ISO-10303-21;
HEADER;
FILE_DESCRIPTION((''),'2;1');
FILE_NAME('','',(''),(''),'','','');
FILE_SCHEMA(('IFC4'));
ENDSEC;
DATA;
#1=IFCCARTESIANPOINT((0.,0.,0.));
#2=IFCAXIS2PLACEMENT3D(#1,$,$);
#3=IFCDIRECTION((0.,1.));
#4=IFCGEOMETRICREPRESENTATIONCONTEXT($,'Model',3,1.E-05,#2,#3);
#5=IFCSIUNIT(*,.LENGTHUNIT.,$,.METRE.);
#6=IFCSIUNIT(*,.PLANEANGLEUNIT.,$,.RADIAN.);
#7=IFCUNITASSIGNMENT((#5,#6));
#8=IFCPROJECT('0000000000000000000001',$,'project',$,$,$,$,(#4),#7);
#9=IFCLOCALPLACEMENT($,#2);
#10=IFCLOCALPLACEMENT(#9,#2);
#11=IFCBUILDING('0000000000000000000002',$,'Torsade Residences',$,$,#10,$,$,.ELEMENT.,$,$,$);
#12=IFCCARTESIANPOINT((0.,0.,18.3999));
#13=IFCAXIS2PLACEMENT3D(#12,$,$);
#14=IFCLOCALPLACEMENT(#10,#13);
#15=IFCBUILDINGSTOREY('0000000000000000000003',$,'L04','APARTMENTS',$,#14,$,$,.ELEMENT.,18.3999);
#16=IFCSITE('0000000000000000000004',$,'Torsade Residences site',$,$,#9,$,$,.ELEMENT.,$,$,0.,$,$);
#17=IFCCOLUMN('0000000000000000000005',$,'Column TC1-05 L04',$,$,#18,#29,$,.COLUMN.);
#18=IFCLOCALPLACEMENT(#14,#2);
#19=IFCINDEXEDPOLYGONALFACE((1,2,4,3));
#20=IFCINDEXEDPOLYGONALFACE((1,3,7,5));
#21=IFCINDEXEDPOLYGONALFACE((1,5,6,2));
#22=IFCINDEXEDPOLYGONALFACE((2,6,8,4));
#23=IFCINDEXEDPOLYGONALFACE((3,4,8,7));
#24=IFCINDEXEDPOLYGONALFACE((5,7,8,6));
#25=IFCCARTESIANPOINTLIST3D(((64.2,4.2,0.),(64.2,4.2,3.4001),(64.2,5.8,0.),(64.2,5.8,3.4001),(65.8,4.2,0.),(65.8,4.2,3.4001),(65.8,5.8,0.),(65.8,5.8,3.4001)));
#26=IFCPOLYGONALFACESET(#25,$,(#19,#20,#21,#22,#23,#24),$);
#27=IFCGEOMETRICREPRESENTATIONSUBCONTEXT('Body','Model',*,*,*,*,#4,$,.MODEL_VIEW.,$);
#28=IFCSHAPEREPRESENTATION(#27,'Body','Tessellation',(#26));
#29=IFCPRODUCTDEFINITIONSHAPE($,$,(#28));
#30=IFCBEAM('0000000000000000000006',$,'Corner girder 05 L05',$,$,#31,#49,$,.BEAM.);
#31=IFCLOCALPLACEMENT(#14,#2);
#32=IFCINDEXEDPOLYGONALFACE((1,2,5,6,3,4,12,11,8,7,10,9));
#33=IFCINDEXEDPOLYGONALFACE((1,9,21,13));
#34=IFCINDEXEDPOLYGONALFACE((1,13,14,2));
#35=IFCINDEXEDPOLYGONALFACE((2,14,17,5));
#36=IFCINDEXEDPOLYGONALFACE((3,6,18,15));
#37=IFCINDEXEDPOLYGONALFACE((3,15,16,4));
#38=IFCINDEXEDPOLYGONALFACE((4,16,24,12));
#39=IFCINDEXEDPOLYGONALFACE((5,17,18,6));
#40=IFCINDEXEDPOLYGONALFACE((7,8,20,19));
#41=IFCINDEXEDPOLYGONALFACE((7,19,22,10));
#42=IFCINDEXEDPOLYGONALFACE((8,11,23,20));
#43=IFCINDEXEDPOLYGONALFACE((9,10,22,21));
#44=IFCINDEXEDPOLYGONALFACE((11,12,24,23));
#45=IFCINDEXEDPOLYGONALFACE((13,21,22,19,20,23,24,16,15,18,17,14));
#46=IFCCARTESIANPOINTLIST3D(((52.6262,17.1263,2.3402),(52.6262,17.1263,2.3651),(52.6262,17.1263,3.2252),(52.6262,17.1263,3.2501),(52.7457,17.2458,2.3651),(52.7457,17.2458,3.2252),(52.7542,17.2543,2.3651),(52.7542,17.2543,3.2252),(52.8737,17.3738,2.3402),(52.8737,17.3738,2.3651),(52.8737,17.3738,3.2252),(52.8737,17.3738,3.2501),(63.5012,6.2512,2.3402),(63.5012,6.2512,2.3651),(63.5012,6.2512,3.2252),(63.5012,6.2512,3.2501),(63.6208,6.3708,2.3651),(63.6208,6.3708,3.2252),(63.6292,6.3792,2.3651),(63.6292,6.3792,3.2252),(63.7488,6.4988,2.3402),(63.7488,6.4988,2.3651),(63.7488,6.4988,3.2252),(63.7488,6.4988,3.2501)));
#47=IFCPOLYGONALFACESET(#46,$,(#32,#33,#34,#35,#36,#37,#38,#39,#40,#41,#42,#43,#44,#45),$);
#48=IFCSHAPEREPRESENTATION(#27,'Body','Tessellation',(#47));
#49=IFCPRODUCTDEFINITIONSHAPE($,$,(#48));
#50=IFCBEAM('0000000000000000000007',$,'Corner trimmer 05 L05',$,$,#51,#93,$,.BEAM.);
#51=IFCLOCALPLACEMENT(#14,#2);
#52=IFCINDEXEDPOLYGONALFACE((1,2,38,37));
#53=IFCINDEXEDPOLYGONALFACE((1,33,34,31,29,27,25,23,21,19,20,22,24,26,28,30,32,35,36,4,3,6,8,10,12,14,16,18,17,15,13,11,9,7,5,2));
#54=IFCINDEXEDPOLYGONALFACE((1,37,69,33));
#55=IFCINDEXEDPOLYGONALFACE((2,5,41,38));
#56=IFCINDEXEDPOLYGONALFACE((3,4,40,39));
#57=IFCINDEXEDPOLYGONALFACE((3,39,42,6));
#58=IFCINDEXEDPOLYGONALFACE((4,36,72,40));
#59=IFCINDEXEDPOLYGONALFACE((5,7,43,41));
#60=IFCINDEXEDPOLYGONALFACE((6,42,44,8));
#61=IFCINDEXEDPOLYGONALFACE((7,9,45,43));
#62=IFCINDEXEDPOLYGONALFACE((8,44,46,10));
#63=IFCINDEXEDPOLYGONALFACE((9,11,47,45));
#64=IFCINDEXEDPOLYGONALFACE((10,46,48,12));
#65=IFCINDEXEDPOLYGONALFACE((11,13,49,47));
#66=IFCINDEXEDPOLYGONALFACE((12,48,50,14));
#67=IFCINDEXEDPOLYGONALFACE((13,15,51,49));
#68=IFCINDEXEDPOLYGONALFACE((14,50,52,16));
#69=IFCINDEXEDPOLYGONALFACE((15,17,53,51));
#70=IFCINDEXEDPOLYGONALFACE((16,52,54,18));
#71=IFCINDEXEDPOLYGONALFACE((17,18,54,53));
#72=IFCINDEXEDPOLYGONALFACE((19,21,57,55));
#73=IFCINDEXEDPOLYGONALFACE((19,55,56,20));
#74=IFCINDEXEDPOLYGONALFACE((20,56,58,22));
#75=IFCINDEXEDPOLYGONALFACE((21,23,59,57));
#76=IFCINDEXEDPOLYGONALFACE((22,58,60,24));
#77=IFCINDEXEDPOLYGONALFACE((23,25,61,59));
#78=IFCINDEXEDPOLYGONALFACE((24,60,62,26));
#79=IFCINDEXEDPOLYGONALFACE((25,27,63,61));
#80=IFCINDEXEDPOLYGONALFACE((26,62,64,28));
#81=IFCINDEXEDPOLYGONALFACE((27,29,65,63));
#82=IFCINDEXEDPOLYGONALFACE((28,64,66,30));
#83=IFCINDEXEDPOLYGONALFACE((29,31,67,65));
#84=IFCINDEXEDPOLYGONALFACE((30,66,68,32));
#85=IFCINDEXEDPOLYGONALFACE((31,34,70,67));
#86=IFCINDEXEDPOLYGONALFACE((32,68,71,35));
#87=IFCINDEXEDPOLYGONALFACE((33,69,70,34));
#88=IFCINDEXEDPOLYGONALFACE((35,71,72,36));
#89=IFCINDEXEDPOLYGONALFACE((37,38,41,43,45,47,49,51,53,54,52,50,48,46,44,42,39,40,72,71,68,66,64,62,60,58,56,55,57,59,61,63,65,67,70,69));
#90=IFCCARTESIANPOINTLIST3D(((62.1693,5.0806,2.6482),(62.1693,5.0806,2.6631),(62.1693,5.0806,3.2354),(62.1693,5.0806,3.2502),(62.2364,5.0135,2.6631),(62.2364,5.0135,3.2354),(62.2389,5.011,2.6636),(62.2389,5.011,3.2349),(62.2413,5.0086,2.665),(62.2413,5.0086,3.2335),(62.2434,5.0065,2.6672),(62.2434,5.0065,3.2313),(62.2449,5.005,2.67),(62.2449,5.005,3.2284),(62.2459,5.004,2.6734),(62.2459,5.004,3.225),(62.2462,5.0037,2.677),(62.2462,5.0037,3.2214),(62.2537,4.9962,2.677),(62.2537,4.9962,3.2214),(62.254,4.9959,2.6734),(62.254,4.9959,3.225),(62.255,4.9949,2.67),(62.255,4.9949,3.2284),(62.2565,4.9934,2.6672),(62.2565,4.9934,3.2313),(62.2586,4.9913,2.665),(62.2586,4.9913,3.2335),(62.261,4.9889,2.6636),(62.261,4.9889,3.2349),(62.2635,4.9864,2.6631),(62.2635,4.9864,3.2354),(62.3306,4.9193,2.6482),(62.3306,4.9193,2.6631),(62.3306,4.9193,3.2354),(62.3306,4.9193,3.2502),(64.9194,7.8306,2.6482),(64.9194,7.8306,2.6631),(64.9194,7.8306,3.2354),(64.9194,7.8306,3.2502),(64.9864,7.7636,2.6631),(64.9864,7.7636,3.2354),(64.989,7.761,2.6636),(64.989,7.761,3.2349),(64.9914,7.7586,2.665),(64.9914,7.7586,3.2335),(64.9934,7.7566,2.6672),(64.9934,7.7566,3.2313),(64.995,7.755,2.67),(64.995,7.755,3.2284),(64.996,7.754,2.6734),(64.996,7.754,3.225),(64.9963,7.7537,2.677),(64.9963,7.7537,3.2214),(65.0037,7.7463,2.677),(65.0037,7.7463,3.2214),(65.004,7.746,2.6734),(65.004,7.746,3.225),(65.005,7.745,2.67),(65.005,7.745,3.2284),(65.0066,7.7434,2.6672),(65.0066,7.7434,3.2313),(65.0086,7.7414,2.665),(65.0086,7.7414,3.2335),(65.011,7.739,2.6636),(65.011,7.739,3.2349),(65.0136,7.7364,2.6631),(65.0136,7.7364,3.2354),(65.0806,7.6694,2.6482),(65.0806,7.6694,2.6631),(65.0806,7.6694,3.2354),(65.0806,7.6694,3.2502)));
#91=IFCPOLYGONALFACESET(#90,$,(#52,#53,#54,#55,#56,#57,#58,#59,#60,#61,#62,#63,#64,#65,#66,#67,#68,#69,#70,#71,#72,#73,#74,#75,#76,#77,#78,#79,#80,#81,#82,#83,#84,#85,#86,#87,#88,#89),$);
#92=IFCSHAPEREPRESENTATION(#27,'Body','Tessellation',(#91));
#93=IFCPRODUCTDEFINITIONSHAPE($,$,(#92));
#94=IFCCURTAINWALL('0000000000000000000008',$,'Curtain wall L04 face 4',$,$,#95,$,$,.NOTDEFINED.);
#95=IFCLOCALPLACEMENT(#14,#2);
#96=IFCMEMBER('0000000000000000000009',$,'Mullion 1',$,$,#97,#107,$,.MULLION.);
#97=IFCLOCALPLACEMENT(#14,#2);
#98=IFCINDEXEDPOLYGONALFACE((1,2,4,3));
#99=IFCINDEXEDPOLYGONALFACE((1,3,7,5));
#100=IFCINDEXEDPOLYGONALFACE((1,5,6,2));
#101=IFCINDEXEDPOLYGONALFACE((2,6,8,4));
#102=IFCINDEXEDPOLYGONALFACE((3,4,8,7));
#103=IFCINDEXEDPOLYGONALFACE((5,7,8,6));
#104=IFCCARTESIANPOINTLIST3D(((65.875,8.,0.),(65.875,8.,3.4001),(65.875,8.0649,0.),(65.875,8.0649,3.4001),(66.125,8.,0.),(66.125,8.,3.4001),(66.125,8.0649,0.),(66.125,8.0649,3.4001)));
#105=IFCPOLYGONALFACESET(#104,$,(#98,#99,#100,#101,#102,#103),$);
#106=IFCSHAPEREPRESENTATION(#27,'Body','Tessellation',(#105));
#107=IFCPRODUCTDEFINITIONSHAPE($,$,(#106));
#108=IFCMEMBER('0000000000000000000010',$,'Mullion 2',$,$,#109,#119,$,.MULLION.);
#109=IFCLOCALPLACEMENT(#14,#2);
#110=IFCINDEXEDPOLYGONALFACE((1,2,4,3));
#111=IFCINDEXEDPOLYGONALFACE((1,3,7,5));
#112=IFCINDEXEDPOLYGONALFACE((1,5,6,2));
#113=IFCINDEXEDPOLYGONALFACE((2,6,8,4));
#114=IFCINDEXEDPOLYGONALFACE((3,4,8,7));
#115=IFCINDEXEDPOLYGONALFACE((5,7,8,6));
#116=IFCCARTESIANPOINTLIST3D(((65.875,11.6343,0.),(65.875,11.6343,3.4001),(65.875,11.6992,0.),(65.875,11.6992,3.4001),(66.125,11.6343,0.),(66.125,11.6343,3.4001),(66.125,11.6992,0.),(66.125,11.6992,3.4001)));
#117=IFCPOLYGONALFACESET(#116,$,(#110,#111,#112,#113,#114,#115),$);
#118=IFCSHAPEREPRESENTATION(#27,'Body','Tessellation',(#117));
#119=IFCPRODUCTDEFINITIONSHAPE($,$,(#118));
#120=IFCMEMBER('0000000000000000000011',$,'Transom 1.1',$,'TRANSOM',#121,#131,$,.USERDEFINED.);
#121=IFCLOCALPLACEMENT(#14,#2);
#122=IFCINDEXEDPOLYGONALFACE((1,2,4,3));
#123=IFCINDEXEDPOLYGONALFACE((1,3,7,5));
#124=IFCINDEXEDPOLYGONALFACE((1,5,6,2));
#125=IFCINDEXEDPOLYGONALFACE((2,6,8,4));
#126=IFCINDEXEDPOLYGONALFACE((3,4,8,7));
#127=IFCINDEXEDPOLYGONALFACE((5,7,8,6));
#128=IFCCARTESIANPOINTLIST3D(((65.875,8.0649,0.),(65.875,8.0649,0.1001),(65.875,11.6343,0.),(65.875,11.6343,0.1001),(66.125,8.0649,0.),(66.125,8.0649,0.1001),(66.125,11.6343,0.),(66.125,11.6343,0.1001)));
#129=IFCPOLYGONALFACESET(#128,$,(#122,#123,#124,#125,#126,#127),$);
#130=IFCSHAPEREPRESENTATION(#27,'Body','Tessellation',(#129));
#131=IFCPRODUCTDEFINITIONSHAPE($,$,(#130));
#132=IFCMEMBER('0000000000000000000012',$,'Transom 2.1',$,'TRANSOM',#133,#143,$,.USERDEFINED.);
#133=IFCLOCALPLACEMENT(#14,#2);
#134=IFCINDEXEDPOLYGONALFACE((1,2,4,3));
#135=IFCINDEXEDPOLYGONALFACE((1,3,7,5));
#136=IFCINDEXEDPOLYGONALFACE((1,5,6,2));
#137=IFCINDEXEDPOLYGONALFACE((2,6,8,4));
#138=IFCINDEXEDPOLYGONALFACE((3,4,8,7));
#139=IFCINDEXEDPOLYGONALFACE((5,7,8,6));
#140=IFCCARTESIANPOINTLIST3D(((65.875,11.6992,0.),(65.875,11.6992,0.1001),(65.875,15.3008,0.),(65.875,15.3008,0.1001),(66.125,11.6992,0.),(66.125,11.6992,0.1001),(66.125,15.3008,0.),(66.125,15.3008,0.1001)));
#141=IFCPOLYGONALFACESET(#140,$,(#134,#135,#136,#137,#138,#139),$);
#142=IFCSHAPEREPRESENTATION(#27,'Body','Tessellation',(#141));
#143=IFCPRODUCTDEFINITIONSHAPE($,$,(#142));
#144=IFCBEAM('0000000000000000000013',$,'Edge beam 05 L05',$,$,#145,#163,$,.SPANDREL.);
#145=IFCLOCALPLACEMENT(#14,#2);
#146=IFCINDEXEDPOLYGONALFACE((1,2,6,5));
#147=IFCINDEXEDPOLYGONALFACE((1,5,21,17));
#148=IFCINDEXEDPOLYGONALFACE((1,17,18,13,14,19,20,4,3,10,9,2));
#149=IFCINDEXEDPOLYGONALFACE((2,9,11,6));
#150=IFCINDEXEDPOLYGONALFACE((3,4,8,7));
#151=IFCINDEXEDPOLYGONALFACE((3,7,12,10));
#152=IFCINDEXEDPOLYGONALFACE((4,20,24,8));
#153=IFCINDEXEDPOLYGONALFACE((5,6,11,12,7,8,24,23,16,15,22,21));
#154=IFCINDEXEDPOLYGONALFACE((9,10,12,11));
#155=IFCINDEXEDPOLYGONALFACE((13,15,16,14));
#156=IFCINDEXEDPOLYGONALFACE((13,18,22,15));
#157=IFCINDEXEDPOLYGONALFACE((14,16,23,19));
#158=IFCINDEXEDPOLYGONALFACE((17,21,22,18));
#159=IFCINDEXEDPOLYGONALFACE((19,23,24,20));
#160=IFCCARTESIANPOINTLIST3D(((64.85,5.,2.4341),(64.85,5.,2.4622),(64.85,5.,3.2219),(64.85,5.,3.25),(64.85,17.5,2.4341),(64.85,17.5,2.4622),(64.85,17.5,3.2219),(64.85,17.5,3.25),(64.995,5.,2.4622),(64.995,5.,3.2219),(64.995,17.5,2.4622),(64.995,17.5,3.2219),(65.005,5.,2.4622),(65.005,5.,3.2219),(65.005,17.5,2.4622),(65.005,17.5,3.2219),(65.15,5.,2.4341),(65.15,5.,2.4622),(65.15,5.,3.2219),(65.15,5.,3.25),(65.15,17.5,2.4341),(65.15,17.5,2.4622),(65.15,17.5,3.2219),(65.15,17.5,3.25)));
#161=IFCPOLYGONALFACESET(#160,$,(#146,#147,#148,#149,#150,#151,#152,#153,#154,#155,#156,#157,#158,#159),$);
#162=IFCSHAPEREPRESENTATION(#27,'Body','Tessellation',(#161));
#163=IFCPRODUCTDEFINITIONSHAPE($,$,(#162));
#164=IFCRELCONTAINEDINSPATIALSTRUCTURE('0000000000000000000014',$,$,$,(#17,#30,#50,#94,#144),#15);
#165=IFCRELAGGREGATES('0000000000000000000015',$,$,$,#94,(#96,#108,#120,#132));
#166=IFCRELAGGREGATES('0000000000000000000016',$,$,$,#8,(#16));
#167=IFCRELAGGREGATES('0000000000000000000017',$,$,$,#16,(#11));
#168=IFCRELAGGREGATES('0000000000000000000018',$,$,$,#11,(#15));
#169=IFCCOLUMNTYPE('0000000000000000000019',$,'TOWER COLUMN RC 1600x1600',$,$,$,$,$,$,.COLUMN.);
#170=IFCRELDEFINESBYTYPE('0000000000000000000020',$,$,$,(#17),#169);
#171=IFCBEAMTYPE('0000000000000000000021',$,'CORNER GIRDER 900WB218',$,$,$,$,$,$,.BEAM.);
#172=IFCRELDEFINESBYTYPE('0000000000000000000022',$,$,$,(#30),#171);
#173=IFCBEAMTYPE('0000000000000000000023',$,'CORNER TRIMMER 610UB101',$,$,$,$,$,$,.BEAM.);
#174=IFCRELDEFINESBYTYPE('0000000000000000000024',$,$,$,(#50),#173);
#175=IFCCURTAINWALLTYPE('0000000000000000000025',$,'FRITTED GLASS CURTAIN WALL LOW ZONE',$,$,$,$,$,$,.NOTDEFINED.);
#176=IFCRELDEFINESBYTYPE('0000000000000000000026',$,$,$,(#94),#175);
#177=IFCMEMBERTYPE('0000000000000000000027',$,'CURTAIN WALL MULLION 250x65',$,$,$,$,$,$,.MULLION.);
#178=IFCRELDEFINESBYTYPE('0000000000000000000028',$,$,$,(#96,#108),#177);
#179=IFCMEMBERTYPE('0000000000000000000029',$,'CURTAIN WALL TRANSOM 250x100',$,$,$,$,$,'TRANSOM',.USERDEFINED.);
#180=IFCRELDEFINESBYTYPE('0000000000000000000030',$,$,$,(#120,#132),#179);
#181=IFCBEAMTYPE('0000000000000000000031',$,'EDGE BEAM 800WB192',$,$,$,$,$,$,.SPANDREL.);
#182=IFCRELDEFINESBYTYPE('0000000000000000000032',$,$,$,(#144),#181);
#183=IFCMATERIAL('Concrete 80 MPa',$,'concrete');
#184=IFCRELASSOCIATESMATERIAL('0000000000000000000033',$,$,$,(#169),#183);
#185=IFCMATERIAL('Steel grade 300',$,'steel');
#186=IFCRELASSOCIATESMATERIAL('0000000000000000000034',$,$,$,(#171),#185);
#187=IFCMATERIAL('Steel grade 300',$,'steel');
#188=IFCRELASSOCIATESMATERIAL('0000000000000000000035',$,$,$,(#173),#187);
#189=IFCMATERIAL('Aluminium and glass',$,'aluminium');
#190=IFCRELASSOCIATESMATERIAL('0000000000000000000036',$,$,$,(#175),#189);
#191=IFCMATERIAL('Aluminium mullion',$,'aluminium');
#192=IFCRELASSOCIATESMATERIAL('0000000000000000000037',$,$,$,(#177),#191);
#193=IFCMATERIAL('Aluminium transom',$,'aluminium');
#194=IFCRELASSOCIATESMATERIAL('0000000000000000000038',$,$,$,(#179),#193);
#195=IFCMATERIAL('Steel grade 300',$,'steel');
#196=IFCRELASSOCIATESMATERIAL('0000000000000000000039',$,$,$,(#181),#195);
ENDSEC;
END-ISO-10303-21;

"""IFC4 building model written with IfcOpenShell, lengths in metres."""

from ifc_helpers import new_model, si_unit, direction, frame, origin, origin_2d, place, context, subcontext, project, spatial, rectangle, i_section, extrude, material, material_profile, profile_set, type_object, element, aggregate, save


model = new_model("IFC4")

# Units and contexts
model_context = context("Model", 3, precision=1e-05, world=origin(), true_north=direction((0.0, 1.0)))
body_context = subcontext(model_context, "Body", "Model", "MODEL_VIEW")
ifc_project = project(units=[si_unit("LENGTHUNIT", "METRE"), si_unit("PLANEANGLEUNIT", "RADIAN")], contexts=[model_context])

# Site, building, storey
site_placement = place(None, origin())
site = spatial("IfcSite", under=ifc_project, at=site_placement, Name="Torsade Residences site", CompositionType="ELEMENT", RefElevation=0.0)
building_placement = place(site_placement, origin())
building = spatial("IfcBuilding", under=site, at=building_placement, Name="Torsade Residences", CompositionType="ELEMENT")
storey_placement = place(building_placement, frame((0.0, 0.0, 18.3999)))
storey = spatial("IfcBuildingStorey", under=building, at=storey_placement, Name="L04", Description="APARTMENTS", CompositionType="ELEMENT", Elevation=18.3999)

# Column
ifc_material_1 = material(Name="Concrete 80 MPa", Category="concrete")
ifc_material_profile_1 = material_profile(ifc_material_1, rectangle(XDim=1.6001, YDim=1.6001, at=origin_2d()), Name="RC 1600x1600")
ifc_profile_set_1 = profile_set([ifc_material_profile_1], Name="Concrete 80 MPa")
column_type = type_object("IfcColumnType", Name="TOWER COLUMN RC 1600x1600", PredefinedType="COLUMN", material=ifc_profile_set_1)
column_placement = place(storey_placement, frame((65.0, 5.0, 0.0), z_axis=(0.0, 0.0, 1.0), x_axis=(1.0, 0.0, 0.0)))
element("IfcColumn", 1, at=column_placement, inside=storey, type_object=column_type, Name="Column TC1-05 L04", PredefinedType="COLUMN", context=body_context, shape_type="SweptSolid", body=[
    extrude(rectangle(XDim=1.6001, YDim=1.6001, at=origin_2d()), origin(), (0.0, 0.0, 1.0), 3.4001),
])

# Beams
ifc_material_2 = material(Name="Steel grade 300", Category="steel")
ifc_material_profile_2 = material_profile(ifc_material_2, i_section(OverallWidth=0.3501, OverallDepth=0.9099, WebThickness=0.012, FlangeThickness=0.0249, at=origin_2d()), Name="900WB218")
ifc_profile_set_2 = profile_set([ifc_material_profile_2], Name="Steel grade 300")
beam_type_1 = type_object("IfcBeamType", Name="CORNER GIRDER 900WB218", PredefinedType="BEAM", material=ifc_profile_set_2)
beam_1_placement = place(storey_placement, frame((63.625, 6.375, 2.7952), z_axis=(-0.707107, 0.707107, 0.0), x_axis=(-0.707107, -0.707107, 0.0)))
element("IfcBeam", 2, at=beam_1_placement, inside=storey, type_object=beam_type_1, Name="Corner girder 05 L05", PredefinedType="BEAM", context=body_context, shape_type="SweptSolid", body=[
    extrude(i_section(OverallWidth=0.3501, OverallDepth=0.9099, WebThickness=0.012, FlangeThickness=0.0249, at=origin_2d()), origin(), (0.0, 0.0, 1.0), 15.3796),
])
ifc_material_3 = material(Name="Steel grade 300", Category="steel")
ifc_material_profile_3 = material_profile(ifc_material_3, i_section(OverallWidth=0.228, OverallDepth=0.6021, WebThickness=0.0105, FlangeThickness=0.0149, FilletRadius=0.0139, at=origin_2d()), Name="610UB101")
ifc_profile_set_3 = profile_set([ifc_material_profile_3], Name="Steel grade 300")
beam_type_2 = type_object("IfcBeamType", Name="CORNER TRIMMER 610UB101", PredefinedType="BEAM", material=ifc_profile_set_3)
beam_2_placement = place(storey_placement, frame((65.0, 7.75, 2.9492), z_axis=(-0.707107, -0.707107, 0.0), x_axis=(0.707107, -0.707107, 0.0)))
element("IfcBeam", 3, at=beam_2_placement, inside=storey, type_object=beam_type_2, Name="Corner trimmer 05 L05", PredefinedType="BEAM", context=body_context, shape_type="SweptSolid", body=[
    extrude(i_section(OverallWidth=0.228, OverallDepth=0.6021, WebThickness=0.0105, FlangeThickness=0.0149, FilletRadius=0.0139, at=origin_2d()), origin(), (0.0, 0.0, 1.0), 3.8892),
])

# Curtain wall, members
ifc_material_4 = material(Name="Aluminium and glass", Category="aluminium")
curtain_wall_type = type_object("IfcCurtainWallType", Name="FRITTED GLASS CURTAIN WALL LOW ZONE", PredefinedType="NOTDEFINED", material=ifc_material_4)
curtain_wall_placement = place(storey_placement, origin())
curtain_wall = element("IfcCurtainWall", 4, at=curtain_wall_placement, inside=storey, type_object=curtain_wall_type, Name="Curtain wall L04 face 4", PredefinedType="NOTDEFINED")
ifc_material_5 = material(Name="Aluminium mullion", Category="aluminium")
ifc_material_profile_4 = material_profile(ifc_material_5, rectangle(XDim=0.25, YDim=0.0649, at=origin_2d()), Name="CURTAIN WALL MULLION 250x65")
ifc_profile_set_4 = profile_set([ifc_material_profile_4], Name="Aluminium mullion")
member_type_1 = type_object("IfcMemberType", Name="CURTAIN WALL MULLION 250x65", PredefinedType="MULLION", material=ifc_profile_set_4)
member_1_placement = place(storey_placement, frame((66.0, 8.0325, 0.0), z_axis=(0.0, 0.0, 1.0), x_axis=(-1.0, 0.0, 0.0)))
member_1 = element("IfcMember", 5, at=member_1_placement, type_object=member_type_1, Name="Mullion 1", PredefinedType="MULLION", context=body_context, shape_type="SweptSolid", body=[
    extrude(rectangle(XDim=0.25, YDim=0.0649, at=origin_2d()), origin(), (0.0, 0.0, 1.0), 3.4001),
])
member_2_placement = place(storey_placement, frame((66.0, 11.6667, 0.0), z_axis=(0.0, 0.0, 1.0), x_axis=(-1.0, 0.0, 0.0)))
member_2 = element("IfcMember", 6, at=member_2_placement, type_object=member_type_1, Name="Mullion 2", PredefinedType="MULLION", context=body_context, shape_type="SweptSolid", body=[
    extrude(rectangle(XDim=0.25, YDim=0.0649, at=origin_2d()), origin(), (0.0, 0.0, 1.0), 3.4001),
])
ifc_material_6 = material(Name="Aluminium transom", Category="aluminium")
ifc_material_profile_5 = material_profile(ifc_material_6, rectangle(XDim=0.25, YDim=0.1001, at=origin_2d()), Name="CURTAIN WALL TRANSOM 250x100")
ifc_profile_set_5 = profile_set([ifc_material_profile_5], Name="Aluminium transom")
member_type_2 = type_object("IfcMemberType", Name="CURTAIN WALL TRANSOM 250x100", ElementType="TRANSOM", PredefinedType="USERDEFINED", material=ifc_profile_set_5)
member_3_placement = place(storey_placement, frame((66.0, 8.0649, 0.05), z_axis=(0.0, 1.0, 0.0), x_axis=(-1.0, 0.0, 0.0)))
member_3 = element("IfcMember", 7, at=member_3_placement, type_object=member_type_2, Name="Transom 1.1", ObjectType="TRANSOM", PredefinedType="USERDEFINED", context=body_context, shape_type="SweptSolid", body=[
    extrude(rectangle(XDim=0.25, YDim=0.1001, at=origin_2d()), origin(), (0.0, 0.0, 1.0), 3.5693),
])
member_4_placement = place(storey_placement, frame((66.0, 11.6992, 0.05), z_axis=(0.0, 1.0, 0.0), x_axis=(-1.0, 0.0, 0.0)))
member_4 = element("IfcMember", 8, at=member_4_placement, type_object=member_type_2, Name="Transom 2.1", ObjectType="TRANSOM", PredefinedType="USERDEFINED", context=body_context, shape_type="SweptSolid", body=[
    extrude(rectangle(XDim=0.25, YDim=0.1001, at=origin_2d()), origin(), (0.0, 0.0, 1.0), 3.6016),
])

# Beam
ifc_material_7 = material(Name="Steel grade 300", Category="steel")
ifc_material_profile_6 = material_profile(ifc_material_7, i_section(OverallWidth=0.3, OverallDepth=0.8159, WebThickness=0.01, FlangeThickness=0.0281, at=origin_2d()), Name="800WB192")
ifc_profile_set_6 = profile_set([ifc_material_profile_6], Name="Steel grade 300")
beam_type_3 = type_object("IfcBeamType", Name="EDGE BEAM 800WB192", PredefinedType="SPANDREL", material=ifc_profile_set_6)
beam_3_placement = place(storey_placement, frame((65.0, 5.0, 2.842), z_axis=(0.0, 1.0, 0.0), x_axis=(-1.0, 0.0, 0.0)))
element("IfcBeam", 9, at=beam_3_placement, inside=storey, type_object=beam_type_3, Name="Edge beam 05 L05", PredefinedType="SPANDREL", context=body_context, shape_type="SweptSolid", body=[
    extrude(i_section(OverallWidth=0.3, OverallDepth=0.8159, WebThickness=0.01, FlangeThickness=0.0281, at=origin_2d()), origin(), (0.0, 0.0, 1.0), 12.5),
])

aggregate(curtain_wall, [member_1, member_2, member_3, member_4])

save(model, "model.ifc")
